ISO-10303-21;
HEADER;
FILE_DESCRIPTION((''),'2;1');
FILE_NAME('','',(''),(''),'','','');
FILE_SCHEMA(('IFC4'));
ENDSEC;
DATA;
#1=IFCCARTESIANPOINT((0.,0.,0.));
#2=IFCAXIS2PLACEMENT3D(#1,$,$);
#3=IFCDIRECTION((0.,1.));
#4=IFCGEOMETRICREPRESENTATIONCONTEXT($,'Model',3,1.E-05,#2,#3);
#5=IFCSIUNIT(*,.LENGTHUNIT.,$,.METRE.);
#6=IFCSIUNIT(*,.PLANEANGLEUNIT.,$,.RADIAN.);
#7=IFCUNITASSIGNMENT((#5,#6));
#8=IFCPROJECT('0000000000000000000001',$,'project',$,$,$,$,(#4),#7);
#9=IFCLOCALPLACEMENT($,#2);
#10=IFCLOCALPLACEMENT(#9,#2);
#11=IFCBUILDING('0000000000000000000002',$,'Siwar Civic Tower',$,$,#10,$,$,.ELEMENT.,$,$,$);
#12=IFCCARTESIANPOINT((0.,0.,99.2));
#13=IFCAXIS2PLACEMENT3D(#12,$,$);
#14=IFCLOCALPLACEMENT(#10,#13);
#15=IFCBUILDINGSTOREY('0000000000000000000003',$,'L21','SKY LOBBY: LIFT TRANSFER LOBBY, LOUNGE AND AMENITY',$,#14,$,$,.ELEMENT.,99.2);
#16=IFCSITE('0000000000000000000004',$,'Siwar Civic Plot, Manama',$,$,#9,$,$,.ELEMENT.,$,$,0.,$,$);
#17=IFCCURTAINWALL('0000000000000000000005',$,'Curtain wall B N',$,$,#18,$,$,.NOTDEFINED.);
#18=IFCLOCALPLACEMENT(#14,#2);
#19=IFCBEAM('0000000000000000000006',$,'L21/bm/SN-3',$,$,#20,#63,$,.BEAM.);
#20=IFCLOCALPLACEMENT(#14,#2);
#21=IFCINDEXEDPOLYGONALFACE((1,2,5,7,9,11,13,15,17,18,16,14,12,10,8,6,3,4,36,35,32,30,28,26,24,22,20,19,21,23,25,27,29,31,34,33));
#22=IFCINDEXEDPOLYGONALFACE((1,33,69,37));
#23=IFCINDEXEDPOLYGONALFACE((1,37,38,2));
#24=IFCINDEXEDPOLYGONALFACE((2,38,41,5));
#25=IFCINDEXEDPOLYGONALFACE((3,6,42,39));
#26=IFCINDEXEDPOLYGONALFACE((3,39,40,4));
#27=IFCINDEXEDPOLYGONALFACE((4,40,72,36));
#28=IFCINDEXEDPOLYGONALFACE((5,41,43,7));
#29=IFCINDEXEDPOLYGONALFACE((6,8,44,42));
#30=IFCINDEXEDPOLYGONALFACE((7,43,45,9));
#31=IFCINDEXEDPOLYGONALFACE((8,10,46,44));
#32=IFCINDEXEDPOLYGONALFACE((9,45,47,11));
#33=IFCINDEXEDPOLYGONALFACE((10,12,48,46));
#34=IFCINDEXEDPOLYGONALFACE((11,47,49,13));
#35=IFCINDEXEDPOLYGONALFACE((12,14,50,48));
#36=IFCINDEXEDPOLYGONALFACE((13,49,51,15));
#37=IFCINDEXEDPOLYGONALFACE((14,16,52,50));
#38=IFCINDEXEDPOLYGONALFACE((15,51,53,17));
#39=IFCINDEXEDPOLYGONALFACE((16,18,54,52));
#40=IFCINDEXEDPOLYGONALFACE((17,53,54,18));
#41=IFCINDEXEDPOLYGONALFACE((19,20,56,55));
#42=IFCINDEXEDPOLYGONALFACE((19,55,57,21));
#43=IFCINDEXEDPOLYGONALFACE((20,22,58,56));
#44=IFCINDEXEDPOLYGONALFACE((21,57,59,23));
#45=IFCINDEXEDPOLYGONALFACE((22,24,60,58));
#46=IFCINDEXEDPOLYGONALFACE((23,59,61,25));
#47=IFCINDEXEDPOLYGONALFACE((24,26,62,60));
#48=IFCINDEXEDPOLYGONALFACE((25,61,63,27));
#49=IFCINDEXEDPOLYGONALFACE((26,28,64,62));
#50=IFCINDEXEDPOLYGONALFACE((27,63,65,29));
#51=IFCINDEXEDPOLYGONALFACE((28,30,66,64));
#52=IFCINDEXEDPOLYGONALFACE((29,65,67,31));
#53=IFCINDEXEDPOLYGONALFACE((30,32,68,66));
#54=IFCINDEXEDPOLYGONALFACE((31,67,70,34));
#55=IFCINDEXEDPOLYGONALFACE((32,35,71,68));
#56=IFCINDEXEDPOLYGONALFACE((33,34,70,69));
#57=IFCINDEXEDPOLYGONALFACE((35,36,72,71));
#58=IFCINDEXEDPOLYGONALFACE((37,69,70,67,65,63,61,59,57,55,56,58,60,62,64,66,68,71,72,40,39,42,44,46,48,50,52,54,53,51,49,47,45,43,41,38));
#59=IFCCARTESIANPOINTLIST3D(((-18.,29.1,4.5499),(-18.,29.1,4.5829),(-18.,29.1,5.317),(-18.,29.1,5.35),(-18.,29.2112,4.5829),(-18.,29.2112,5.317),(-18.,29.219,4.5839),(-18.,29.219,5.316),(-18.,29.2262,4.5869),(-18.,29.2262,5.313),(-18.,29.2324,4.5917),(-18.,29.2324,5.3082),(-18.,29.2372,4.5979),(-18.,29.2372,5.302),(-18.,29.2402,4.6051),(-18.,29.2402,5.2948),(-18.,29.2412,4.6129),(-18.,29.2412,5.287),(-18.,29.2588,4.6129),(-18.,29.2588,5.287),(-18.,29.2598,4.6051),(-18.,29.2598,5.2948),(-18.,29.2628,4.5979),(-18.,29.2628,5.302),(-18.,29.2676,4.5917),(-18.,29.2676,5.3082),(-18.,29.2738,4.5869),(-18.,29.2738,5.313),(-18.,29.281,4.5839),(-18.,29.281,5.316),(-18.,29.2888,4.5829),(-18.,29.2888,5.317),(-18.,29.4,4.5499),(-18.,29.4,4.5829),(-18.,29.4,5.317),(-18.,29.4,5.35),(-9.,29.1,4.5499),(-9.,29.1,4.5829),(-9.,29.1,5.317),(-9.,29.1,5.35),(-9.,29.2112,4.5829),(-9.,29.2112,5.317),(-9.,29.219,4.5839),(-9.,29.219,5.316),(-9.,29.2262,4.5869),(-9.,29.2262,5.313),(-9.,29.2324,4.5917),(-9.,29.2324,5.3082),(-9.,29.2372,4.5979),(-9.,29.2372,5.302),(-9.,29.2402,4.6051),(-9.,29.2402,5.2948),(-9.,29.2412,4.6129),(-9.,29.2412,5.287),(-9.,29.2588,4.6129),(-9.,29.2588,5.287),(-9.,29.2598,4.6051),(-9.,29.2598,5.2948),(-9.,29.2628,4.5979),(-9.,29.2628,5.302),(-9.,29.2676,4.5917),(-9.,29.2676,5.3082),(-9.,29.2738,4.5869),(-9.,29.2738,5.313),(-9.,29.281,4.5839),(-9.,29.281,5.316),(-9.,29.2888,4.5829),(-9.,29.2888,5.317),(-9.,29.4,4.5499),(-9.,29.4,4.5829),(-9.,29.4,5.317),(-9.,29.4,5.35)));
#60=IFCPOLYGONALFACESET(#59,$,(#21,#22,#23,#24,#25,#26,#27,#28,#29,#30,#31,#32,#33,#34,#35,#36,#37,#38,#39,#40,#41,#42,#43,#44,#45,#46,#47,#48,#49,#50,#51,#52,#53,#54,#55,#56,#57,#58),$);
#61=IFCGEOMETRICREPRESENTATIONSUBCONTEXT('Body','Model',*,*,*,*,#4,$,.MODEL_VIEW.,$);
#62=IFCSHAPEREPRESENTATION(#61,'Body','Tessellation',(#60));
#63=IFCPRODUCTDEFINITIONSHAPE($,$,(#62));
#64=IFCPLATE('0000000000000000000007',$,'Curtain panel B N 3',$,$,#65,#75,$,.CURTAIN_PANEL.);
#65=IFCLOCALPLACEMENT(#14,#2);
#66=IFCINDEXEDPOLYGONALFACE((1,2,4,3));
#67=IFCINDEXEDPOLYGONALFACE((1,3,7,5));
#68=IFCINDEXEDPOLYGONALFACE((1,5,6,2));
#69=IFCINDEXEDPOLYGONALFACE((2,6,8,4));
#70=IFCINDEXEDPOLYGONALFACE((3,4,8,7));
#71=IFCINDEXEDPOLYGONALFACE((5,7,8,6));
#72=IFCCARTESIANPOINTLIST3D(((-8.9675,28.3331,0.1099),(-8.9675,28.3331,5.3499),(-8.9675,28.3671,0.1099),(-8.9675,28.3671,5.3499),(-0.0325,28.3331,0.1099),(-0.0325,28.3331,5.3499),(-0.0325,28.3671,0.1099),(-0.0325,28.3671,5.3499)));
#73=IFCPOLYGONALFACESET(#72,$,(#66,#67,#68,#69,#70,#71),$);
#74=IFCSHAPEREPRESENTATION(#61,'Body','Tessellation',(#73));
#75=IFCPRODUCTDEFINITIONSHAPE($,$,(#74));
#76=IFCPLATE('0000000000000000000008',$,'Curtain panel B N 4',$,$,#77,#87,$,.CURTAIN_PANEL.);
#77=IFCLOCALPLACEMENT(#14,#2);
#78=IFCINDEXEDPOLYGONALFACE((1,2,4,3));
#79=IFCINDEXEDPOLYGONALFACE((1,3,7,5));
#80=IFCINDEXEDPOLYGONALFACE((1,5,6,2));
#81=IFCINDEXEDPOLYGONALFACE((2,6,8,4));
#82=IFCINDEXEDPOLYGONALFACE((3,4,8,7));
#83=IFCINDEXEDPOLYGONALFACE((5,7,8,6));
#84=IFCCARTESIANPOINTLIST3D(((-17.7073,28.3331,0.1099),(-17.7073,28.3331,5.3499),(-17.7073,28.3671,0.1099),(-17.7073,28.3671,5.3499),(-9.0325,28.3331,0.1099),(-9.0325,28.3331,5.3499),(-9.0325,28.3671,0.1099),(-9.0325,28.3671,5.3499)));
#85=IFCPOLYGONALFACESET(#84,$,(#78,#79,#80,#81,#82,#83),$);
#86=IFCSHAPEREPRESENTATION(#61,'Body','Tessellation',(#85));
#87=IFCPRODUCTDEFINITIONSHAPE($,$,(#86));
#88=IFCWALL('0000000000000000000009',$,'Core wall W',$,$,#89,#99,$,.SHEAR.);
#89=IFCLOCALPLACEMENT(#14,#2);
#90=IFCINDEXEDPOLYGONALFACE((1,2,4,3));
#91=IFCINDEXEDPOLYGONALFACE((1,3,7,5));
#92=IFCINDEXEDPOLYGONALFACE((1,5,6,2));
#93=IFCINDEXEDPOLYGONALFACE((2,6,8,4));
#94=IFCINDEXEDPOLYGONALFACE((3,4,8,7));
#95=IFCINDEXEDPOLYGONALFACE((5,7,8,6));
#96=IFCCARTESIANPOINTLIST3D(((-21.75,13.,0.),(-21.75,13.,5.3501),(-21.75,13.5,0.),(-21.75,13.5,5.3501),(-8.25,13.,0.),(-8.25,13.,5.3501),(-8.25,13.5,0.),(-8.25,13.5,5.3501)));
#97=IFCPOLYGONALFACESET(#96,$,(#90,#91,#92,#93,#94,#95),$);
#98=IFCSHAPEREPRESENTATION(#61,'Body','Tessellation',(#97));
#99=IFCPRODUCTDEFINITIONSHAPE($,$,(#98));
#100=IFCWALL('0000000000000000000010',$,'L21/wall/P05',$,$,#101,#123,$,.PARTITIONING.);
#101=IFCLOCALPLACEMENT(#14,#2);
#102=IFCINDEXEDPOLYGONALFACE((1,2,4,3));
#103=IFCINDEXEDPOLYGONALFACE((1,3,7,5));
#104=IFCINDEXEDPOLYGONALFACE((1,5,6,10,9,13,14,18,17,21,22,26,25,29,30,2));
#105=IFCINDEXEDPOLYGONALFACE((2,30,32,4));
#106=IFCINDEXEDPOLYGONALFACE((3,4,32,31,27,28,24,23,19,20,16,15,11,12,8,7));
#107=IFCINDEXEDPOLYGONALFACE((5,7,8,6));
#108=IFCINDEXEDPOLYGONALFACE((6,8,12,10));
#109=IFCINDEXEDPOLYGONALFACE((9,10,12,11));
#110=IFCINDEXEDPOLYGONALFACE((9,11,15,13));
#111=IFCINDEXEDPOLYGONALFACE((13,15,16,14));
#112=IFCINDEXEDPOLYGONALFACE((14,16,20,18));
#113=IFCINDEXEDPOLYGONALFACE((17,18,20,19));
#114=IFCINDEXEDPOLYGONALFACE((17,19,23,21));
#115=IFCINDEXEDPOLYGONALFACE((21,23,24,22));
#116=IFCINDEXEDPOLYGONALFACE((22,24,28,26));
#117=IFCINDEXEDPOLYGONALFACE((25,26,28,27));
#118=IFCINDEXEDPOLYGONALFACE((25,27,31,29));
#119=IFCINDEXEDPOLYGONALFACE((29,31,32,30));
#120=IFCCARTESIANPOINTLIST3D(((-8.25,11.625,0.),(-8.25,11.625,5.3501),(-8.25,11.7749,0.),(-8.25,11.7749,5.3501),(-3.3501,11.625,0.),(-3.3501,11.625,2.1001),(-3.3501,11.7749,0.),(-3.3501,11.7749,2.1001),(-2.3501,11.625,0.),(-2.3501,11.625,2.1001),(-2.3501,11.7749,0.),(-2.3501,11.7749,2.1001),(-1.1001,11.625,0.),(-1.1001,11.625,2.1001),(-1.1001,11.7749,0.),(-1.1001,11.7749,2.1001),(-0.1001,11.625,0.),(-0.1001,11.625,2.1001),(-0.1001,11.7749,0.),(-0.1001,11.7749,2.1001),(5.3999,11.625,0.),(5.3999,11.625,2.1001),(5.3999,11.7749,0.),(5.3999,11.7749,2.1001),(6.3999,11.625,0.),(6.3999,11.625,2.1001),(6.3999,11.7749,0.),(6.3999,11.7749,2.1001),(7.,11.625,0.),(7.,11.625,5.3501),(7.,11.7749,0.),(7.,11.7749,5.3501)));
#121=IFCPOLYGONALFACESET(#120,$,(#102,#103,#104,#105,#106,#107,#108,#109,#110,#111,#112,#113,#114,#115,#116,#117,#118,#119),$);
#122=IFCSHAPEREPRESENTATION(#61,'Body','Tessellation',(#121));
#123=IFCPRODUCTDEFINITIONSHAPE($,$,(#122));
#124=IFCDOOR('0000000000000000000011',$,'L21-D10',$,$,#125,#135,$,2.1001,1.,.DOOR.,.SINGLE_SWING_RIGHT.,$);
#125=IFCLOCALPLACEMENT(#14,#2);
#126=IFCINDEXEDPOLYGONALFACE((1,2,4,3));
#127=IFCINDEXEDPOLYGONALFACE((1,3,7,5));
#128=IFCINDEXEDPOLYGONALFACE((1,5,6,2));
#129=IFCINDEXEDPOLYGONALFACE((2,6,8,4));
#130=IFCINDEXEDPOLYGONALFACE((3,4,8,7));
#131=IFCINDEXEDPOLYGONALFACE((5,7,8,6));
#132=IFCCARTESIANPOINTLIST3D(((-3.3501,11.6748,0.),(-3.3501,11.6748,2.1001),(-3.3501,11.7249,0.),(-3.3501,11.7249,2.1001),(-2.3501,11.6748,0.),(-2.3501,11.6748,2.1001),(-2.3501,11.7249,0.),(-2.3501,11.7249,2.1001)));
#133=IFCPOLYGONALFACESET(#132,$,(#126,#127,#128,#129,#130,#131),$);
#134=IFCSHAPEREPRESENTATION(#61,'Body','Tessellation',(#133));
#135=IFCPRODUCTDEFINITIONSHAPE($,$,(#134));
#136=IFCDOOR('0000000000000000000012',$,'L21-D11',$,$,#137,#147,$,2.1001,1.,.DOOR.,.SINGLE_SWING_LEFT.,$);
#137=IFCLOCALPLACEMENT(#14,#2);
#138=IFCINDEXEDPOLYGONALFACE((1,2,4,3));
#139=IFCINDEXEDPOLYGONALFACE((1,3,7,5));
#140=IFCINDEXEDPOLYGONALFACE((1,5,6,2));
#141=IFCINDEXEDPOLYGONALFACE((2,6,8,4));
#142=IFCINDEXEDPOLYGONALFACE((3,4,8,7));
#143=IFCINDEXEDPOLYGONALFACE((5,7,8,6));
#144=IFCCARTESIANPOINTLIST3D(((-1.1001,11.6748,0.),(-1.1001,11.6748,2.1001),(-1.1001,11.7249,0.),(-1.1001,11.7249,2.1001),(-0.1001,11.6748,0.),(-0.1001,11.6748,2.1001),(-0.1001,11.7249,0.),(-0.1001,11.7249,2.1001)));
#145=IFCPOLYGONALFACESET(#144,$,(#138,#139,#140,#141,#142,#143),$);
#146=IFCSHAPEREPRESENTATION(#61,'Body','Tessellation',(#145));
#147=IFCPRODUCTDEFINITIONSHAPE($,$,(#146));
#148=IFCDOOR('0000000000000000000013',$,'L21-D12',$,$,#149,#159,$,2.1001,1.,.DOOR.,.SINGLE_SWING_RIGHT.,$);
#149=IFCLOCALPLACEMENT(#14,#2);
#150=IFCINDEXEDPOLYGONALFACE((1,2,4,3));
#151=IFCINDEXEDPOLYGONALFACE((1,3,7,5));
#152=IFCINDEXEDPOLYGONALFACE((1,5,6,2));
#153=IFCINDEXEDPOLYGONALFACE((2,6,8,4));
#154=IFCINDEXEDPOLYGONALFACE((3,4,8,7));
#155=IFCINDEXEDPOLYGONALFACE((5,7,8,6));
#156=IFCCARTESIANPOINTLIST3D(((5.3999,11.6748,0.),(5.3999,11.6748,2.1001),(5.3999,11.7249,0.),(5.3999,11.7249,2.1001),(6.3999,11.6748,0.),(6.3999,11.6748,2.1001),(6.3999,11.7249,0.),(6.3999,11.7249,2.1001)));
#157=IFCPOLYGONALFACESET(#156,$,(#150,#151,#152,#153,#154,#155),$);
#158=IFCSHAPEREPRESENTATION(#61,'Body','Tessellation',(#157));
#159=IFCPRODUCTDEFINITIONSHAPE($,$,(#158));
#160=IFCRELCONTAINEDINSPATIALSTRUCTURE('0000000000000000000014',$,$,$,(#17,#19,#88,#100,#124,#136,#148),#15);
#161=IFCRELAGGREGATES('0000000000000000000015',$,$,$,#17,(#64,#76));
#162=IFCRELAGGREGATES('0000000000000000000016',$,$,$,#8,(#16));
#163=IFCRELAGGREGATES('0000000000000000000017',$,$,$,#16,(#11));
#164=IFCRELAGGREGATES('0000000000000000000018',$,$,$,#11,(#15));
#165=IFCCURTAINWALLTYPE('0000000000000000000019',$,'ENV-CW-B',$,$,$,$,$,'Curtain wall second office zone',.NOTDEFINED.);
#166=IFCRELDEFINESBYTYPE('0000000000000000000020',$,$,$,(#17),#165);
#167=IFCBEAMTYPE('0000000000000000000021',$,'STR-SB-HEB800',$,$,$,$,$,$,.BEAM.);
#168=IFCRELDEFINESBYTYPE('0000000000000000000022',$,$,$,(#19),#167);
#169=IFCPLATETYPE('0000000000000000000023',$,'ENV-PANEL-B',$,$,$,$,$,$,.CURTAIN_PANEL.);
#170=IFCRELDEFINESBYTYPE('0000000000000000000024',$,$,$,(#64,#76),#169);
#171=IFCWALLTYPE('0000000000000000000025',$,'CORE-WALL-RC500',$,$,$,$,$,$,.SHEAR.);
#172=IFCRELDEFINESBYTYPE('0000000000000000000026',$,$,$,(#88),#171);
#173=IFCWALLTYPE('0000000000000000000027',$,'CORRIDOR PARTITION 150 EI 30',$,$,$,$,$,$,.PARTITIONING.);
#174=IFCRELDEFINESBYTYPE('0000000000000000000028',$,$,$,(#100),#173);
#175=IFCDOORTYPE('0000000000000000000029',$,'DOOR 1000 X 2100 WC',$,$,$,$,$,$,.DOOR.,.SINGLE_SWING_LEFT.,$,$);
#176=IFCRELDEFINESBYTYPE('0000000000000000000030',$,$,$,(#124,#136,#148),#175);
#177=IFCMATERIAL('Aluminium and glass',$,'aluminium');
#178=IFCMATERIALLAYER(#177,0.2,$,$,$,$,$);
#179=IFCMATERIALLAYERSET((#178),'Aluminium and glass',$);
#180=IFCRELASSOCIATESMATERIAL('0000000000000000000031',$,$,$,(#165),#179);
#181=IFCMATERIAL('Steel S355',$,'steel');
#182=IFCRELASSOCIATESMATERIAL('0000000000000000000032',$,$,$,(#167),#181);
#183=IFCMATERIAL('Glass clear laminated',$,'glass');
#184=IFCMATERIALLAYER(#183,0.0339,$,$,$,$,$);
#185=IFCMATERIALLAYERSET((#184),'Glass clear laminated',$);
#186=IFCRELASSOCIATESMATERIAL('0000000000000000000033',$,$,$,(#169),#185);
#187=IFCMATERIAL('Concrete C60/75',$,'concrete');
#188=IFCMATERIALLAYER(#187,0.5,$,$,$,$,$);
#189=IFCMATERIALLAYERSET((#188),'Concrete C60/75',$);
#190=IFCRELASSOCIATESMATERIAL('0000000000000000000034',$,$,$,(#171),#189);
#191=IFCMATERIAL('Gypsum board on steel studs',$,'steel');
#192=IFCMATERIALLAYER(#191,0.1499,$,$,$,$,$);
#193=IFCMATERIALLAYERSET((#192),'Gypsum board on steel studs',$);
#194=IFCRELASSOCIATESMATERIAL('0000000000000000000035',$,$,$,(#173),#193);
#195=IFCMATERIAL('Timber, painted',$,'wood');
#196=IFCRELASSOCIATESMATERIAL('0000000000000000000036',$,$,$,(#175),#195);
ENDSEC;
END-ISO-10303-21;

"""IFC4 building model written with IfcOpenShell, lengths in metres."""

from ifc_helpers import new_model, si_unit, direction, frame, frame_2d, origin, origin_2d, place, context, subcontext, project, spatial, rectangle, i_section, extrude, material, layer, layer_set, material_profile, profile_set, type_object, element, fill, aggregate, save


model = new_model("IFC4")

# Units and contexts
model_context = context("Model", 3, precision=1e-05, world=origin(), true_north=direction((0.0, 1.0)))
body_context = subcontext(model_context, "Body", "Model", "MODEL_VIEW")
ifc_project = project(units=[si_unit("LENGTHUNIT", "METRE"), si_unit("PLANEANGLEUNIT", "RADIAN")], contexts=[model_context])

# Site, building, storey
site_placement = place(None, origin())
site = spatial("IfcSite", under=ifc_project, at=site_placement, Name="Siwar Civic Plot, Manama", CompositionType="ELEMENT", RefElevation=0.0)
building_placement = place(site_placement, origin())
building = spatial("IfcBuilding", under=site, at=building_placement, Name="Siwar Civic Tower", CompositionType="ELEMENT")
storey_placement = place(building_placement, frame((0.0, 0.0, 99.2)))
storey = spatial("IfcBuildingStorey", under=building, at=storey_placement, Name="L21", Description="SKY LOBBY: LIFT TRANSFER LOBBY, LOUNGE AND AMENITY", CompositionType="ELEMENT", Elevation=99.2)

# Curtain wall
ifc_material_1 = material(Name="Aluminium and glass", Category="aluminium")
ifc_layer_1 = layer(ifc_material_1, 0.2)
ifc_layer_set_1 = layer_set([ifc_layer_1], Name="Aluminium and glass")
curtain_wall_type_1 = type_object("IfcCurtainWallType", Name="ENV-CW-B", ElementType="Curtain wall second office zone", PredefinedType="NOTDEFINED", material=ifc_layer_set_1)
curtain_wall_1_placement = place(storey_placement, origin())
curtain_wall_1 = element("IfcCurtainWall", 1, at=curtain_wall_1_placement, inside=storey, type_object=curtain_wall_type_1, Name="Curtain wall B N", PredefinedType="NOTDEFINED")

# Beam
ifc_material_2 = material(Name="Steel S355", Category="steel")
ifc_material_profile_1 = material_profile(ifc_material_2, i_section(OverallWidth=0.3, OverallDepth=0.8, WebThickness=0.0176, FlangeThickness=0.033, FilletRadius=0.03, at=origin_2d()), Name="HEB800")
ifc_profile_set_1 = profile_set([ifc_material_profile_1], Name="Steel S355")
beam_type_1 = type_object("IfcBeamType", Name="STR-SB-HEB800", PredefinedType="BEAM", material=ifc_profile_set_1)
for number, where, z_axis, x_axis, name in (
    (2, (-9.0, 29.25, 4.95), (-1.0, 0.0, 0.0), (0.0, -1.0, 0.0), "L21/bm/SN-3"),
):
    element("IfcBeam", number, at=place(storey_placement, frame(where, z_axis=z_axis, x_axis=x_axis)), inside=storey, type_object=beam_type_1, Name=name, PredefinedType="BEAM", context=body_context, shape_type="SweptSolid", body=[
        extrude(i_section(OverallWidth=0.3, OverallDepth=0.8, WebThickness=0.0176, FlangeThickness=0.033, FilletRadius=0.03, at=origin_2d()), origin(), (0.0, 0.0, 1.0), 9.0),
    ])

# Plates
ifc_material_3 = material(Name="Glass clear laminated", Category="glass")
ifc_layer_2 = layer(ifc_material_3, 0.0339)
ifc_layer_set_2 = layer_set([ifc_layer_2], Name="Glass clear laminated")
plate_type = type_object("IfcPlateType", Name="ENV-PANEL-B", PredefinedType="CURTAIN_PANEL", material=ifc_layer_set_2)
plate_1_placement = place(storey_placement, frame((-4.5, 28.3501, 0.1099), z_axis=(0.0, 0.0, 1.0), x_axis=(-1.0, 0.0, 0.0)))
plate_1 = element("IfcPlate", 3, at=plate_1_placement, type_object=plate_type, Name="Curtain panel B N 3", PredefinedType="CURTAIN_PANEL", context=body_context, shape_type="SweptSolid", body=[
    extrude(rectangle(XDim=8.9351, YDim=0.0339, at=origin_2d()), origin(), (0.0, 0.0, 1.0), 5.24),
])
plate_2_placement = place(storey_placement, frame((-13.3699, 28.3501, 0.1099), z_axis=(0.0, 0.0, 1.0), x_axis=(-1.0, 0.0, 0.0)))
plate_2 = element("IfcPlate", 4, at=plate_2_placement, type_object=plate_type, Name="Curtain panel B N 4", PredefinedType="CURTAIN_PANEL", context=body_context, shape_type="SweptSolid", body=[
    extrude(rectangle(XDim=8.6748, YDim=0.0339, at=origin_2d()), origin(), (0.0, 0.0, 1.0), 5.24),
])
aggregate(curtain_wall_1, [plate_1, plate_2])

# Wall
ifc_material_4 = material(Name="Concrete C60/75", Category="concrete")
ifc_layer_3 = layer(ifc_material_4, 0.5)
ifc_layer_set_3 = layer_set([ifc_layer_3], Name="Concrete C60/75")
wall_type_1 = type_object("IfcWallType", Name="CORE-WALL-RC500", PredefinedType="SHEAR", material=ifc_layer_set_3)
wall_1_placement = place(storey_placement, frame((-8.25, 13.25, 0.0), z_axis=(0.0, 0.0, 1.0), x_axis=(-1.0, 0.0, 0.0)))
element("IfcWall", 5, at=wall_1_placement, inside=storey, type_object=wall_type_1, Name="Core wall W", PredefinedType="SHEAR", context=body_context, shape_type="SweptSolid", body=[
    extrude(rectangle(XDim=13.5, YDim=0.5, at=frame_2d((6.75, 0.0))), origin(), (0.0, 0.0, 1.0), 5.3501),
])

# Wall, openings, doors
ifc_material_5 = material(Name="Gypsum board on steel studs", Category="steel")
ifc_layer_4 = layer(ifc_material_5, 0.1499)
ifc_layer_set_4 = layer_set([ifc_layer_4], Name="Gypsum board on steel studs")
wall_type_2 = type_object("IfcWallType", Name="CORRIDOR PARTITION 150 EI 30", PredefinedType="PARTITIONING", material=ifc_layer_set_4)
wall_2_placement = place(storey_placement, frame((-8.25, 11.7, 0.0), z_axis=(0.0, 0.0, 1.0), x_axis=(1.0, 0.0, 0.0)))
wall_2 = element("IfcWall", 6, at=wall_2_placement, inside=storey, type_object=wall_type_2, Name="L21/wall/P05", PredefinedType="PARTITIONING", context=body_context, shape_type="SweptSolid", body=[
    extrude(rectangle(XDim=15.25, YDim=0.1499, at=frame_2d((7.625, 0.0))), origin(), (0.0, 0.0, 1.0), 5.3501),
])
opening_1_placement = place(wall_2_placement, frame((4.8999, 0.0, 0.0)))
opening_1 = element("IfcOpeningElement", 7, at=opening_1_placement, cuts=wall_2, PredefinedType="OPENING", context=body_context, shape_type="SweptSolid", body=[
    extrude(rectangle(XDim=1.0, YDim=2.1001, at=frame_2d((0.5, 1.05))), frame((0.0, 0.085, 0.0), z_axis=(0.0, -1.0, 0.0), x_axis=(1.0, 0.0, 0.0)), (0.0, 0.0, 1.0), 0.1699),
])
opening_2_placement = place(wall_2_placement, frame((7.1499, 0.0, 0.0)))
opening_2 = element("IfcOpeningElement", 8, at=opening_2_placement, cuts=wall_2, PredefinedType="OPENING", context=body_context, shape_type="SweptSolid", body=[
    extrude(rectangle(XDim=1.0, YDim=2.1001, at=frame_2d((0.5, 1.05))), frame((0.0, 0.085, 0.0), z_axis=(0.0, -1.0, 0.0), x_axis=(1.0, 0.0, 0.0)), (0.0, 0.0, 1.0), 0.1699),
])
opening_3_placement = place(wall_2_placement, frame((13.6499, 0.0, 0.0)))
opening_3 = element("IfcOpeningElement", 9, at=opening_3_placement, cuts=wall_2, PredefinedType="OPENING", context=body_context, shape_type="SweptSolid", body=[
    extrude(rectangle(XDim=1.0, YDim=2.1001, at=frame_2d((0.5, 1.05))), frame((0.0, 0.085, 0.0), z_axis=(0.0, -1.0, 0.0), x_axis=(1.0, 0.0, 0.0)), (0.0, 0.0, 1.0), 0.1699),
])
ifc_material_6 = material(Name="Timber, painted", Category="wood")
door_type_1 = type_object("IfcDoorType", Name="DOOR 1000 X 2100 WC", OperationType="SINGLE_SWING_LEFT", PredefinedType="DOOR", material=ifc_material_6)
door_1_placement = place(opening_1_placement, origin())
door_1 = element("IfcDoor", 10, at=door_1_placement, inside=storey, type_object=door_type_1, Name="L21-D10", OperationType="SINGLE_SWING_RIGHT", OverallHeight=2.1001, OverallWidth=1.0, PredefinedType="DOOR", context=body_context, shape_type="SweptSolid", body=[
    extrude(rectangle(XDim=1.0, YDim=2.1001, at=frame_2d((0.5, 1.05))), frame((0.0, 0.0249, 0.0), z_axis=(0.0, -1.0, 0.0), x_axis=(1.0, 0.0, 0.0)), (0.0, 0.0, 1.0), 0.05),
])
fill(opening_1, door_1)
door_2_placement = place(opening_2_placement, origin())
door_2 = element("IfcDoor", 11, at=door_2_placement, inside=storey, type_object=door_type_1, Name="L21-D11", OperationType="SINGLE_SWING_LEFT", OverallHeight=2.1001, OverallWidth=1.0, PredefinedType="DOOR", context=body_context, shape_type="SweptSolid", body=[
    extrude(rectangle(XDim=1.0, YDim=2.1001, at=frame_2d((0.5, 1.05))), frame((0.0, 0.0249, 0.0), z_axis=(0.0, -1.0, 0.0), x_axis=(1.0, 0.0, 0.0)), (0.0, 0.0, 1.0), 0.05),
])
fill(opening_2, door_2)
door_3_placement = place(opening_3_placement, origin())
door_3 = element("IfcDoor", 12, at=door_3_placement, inside=storey, type_object=door_type_1, Name="L21-D12", OperationType="SINGLE_SWING_RIGHT", OverallHeight=2.1001, OverallWidth=1.0, PredefinedType="DOOR", context=body_context, shape_type="SweptSolid", body=[
    extrude(rectangle(XDim=1.0, YDim=2.1001, at=frame_2d((0.5, 1.05))), frame((0.0, 0.0249, 0.0), z_axis=(0.0, -1.0, 0.0), x_axis=(1.0, 0.0, 0.0)), (0.0, 0.0, 1.0), 0.05),
])
fill(opening_3, door_3)

save(model, "model.ifc")
